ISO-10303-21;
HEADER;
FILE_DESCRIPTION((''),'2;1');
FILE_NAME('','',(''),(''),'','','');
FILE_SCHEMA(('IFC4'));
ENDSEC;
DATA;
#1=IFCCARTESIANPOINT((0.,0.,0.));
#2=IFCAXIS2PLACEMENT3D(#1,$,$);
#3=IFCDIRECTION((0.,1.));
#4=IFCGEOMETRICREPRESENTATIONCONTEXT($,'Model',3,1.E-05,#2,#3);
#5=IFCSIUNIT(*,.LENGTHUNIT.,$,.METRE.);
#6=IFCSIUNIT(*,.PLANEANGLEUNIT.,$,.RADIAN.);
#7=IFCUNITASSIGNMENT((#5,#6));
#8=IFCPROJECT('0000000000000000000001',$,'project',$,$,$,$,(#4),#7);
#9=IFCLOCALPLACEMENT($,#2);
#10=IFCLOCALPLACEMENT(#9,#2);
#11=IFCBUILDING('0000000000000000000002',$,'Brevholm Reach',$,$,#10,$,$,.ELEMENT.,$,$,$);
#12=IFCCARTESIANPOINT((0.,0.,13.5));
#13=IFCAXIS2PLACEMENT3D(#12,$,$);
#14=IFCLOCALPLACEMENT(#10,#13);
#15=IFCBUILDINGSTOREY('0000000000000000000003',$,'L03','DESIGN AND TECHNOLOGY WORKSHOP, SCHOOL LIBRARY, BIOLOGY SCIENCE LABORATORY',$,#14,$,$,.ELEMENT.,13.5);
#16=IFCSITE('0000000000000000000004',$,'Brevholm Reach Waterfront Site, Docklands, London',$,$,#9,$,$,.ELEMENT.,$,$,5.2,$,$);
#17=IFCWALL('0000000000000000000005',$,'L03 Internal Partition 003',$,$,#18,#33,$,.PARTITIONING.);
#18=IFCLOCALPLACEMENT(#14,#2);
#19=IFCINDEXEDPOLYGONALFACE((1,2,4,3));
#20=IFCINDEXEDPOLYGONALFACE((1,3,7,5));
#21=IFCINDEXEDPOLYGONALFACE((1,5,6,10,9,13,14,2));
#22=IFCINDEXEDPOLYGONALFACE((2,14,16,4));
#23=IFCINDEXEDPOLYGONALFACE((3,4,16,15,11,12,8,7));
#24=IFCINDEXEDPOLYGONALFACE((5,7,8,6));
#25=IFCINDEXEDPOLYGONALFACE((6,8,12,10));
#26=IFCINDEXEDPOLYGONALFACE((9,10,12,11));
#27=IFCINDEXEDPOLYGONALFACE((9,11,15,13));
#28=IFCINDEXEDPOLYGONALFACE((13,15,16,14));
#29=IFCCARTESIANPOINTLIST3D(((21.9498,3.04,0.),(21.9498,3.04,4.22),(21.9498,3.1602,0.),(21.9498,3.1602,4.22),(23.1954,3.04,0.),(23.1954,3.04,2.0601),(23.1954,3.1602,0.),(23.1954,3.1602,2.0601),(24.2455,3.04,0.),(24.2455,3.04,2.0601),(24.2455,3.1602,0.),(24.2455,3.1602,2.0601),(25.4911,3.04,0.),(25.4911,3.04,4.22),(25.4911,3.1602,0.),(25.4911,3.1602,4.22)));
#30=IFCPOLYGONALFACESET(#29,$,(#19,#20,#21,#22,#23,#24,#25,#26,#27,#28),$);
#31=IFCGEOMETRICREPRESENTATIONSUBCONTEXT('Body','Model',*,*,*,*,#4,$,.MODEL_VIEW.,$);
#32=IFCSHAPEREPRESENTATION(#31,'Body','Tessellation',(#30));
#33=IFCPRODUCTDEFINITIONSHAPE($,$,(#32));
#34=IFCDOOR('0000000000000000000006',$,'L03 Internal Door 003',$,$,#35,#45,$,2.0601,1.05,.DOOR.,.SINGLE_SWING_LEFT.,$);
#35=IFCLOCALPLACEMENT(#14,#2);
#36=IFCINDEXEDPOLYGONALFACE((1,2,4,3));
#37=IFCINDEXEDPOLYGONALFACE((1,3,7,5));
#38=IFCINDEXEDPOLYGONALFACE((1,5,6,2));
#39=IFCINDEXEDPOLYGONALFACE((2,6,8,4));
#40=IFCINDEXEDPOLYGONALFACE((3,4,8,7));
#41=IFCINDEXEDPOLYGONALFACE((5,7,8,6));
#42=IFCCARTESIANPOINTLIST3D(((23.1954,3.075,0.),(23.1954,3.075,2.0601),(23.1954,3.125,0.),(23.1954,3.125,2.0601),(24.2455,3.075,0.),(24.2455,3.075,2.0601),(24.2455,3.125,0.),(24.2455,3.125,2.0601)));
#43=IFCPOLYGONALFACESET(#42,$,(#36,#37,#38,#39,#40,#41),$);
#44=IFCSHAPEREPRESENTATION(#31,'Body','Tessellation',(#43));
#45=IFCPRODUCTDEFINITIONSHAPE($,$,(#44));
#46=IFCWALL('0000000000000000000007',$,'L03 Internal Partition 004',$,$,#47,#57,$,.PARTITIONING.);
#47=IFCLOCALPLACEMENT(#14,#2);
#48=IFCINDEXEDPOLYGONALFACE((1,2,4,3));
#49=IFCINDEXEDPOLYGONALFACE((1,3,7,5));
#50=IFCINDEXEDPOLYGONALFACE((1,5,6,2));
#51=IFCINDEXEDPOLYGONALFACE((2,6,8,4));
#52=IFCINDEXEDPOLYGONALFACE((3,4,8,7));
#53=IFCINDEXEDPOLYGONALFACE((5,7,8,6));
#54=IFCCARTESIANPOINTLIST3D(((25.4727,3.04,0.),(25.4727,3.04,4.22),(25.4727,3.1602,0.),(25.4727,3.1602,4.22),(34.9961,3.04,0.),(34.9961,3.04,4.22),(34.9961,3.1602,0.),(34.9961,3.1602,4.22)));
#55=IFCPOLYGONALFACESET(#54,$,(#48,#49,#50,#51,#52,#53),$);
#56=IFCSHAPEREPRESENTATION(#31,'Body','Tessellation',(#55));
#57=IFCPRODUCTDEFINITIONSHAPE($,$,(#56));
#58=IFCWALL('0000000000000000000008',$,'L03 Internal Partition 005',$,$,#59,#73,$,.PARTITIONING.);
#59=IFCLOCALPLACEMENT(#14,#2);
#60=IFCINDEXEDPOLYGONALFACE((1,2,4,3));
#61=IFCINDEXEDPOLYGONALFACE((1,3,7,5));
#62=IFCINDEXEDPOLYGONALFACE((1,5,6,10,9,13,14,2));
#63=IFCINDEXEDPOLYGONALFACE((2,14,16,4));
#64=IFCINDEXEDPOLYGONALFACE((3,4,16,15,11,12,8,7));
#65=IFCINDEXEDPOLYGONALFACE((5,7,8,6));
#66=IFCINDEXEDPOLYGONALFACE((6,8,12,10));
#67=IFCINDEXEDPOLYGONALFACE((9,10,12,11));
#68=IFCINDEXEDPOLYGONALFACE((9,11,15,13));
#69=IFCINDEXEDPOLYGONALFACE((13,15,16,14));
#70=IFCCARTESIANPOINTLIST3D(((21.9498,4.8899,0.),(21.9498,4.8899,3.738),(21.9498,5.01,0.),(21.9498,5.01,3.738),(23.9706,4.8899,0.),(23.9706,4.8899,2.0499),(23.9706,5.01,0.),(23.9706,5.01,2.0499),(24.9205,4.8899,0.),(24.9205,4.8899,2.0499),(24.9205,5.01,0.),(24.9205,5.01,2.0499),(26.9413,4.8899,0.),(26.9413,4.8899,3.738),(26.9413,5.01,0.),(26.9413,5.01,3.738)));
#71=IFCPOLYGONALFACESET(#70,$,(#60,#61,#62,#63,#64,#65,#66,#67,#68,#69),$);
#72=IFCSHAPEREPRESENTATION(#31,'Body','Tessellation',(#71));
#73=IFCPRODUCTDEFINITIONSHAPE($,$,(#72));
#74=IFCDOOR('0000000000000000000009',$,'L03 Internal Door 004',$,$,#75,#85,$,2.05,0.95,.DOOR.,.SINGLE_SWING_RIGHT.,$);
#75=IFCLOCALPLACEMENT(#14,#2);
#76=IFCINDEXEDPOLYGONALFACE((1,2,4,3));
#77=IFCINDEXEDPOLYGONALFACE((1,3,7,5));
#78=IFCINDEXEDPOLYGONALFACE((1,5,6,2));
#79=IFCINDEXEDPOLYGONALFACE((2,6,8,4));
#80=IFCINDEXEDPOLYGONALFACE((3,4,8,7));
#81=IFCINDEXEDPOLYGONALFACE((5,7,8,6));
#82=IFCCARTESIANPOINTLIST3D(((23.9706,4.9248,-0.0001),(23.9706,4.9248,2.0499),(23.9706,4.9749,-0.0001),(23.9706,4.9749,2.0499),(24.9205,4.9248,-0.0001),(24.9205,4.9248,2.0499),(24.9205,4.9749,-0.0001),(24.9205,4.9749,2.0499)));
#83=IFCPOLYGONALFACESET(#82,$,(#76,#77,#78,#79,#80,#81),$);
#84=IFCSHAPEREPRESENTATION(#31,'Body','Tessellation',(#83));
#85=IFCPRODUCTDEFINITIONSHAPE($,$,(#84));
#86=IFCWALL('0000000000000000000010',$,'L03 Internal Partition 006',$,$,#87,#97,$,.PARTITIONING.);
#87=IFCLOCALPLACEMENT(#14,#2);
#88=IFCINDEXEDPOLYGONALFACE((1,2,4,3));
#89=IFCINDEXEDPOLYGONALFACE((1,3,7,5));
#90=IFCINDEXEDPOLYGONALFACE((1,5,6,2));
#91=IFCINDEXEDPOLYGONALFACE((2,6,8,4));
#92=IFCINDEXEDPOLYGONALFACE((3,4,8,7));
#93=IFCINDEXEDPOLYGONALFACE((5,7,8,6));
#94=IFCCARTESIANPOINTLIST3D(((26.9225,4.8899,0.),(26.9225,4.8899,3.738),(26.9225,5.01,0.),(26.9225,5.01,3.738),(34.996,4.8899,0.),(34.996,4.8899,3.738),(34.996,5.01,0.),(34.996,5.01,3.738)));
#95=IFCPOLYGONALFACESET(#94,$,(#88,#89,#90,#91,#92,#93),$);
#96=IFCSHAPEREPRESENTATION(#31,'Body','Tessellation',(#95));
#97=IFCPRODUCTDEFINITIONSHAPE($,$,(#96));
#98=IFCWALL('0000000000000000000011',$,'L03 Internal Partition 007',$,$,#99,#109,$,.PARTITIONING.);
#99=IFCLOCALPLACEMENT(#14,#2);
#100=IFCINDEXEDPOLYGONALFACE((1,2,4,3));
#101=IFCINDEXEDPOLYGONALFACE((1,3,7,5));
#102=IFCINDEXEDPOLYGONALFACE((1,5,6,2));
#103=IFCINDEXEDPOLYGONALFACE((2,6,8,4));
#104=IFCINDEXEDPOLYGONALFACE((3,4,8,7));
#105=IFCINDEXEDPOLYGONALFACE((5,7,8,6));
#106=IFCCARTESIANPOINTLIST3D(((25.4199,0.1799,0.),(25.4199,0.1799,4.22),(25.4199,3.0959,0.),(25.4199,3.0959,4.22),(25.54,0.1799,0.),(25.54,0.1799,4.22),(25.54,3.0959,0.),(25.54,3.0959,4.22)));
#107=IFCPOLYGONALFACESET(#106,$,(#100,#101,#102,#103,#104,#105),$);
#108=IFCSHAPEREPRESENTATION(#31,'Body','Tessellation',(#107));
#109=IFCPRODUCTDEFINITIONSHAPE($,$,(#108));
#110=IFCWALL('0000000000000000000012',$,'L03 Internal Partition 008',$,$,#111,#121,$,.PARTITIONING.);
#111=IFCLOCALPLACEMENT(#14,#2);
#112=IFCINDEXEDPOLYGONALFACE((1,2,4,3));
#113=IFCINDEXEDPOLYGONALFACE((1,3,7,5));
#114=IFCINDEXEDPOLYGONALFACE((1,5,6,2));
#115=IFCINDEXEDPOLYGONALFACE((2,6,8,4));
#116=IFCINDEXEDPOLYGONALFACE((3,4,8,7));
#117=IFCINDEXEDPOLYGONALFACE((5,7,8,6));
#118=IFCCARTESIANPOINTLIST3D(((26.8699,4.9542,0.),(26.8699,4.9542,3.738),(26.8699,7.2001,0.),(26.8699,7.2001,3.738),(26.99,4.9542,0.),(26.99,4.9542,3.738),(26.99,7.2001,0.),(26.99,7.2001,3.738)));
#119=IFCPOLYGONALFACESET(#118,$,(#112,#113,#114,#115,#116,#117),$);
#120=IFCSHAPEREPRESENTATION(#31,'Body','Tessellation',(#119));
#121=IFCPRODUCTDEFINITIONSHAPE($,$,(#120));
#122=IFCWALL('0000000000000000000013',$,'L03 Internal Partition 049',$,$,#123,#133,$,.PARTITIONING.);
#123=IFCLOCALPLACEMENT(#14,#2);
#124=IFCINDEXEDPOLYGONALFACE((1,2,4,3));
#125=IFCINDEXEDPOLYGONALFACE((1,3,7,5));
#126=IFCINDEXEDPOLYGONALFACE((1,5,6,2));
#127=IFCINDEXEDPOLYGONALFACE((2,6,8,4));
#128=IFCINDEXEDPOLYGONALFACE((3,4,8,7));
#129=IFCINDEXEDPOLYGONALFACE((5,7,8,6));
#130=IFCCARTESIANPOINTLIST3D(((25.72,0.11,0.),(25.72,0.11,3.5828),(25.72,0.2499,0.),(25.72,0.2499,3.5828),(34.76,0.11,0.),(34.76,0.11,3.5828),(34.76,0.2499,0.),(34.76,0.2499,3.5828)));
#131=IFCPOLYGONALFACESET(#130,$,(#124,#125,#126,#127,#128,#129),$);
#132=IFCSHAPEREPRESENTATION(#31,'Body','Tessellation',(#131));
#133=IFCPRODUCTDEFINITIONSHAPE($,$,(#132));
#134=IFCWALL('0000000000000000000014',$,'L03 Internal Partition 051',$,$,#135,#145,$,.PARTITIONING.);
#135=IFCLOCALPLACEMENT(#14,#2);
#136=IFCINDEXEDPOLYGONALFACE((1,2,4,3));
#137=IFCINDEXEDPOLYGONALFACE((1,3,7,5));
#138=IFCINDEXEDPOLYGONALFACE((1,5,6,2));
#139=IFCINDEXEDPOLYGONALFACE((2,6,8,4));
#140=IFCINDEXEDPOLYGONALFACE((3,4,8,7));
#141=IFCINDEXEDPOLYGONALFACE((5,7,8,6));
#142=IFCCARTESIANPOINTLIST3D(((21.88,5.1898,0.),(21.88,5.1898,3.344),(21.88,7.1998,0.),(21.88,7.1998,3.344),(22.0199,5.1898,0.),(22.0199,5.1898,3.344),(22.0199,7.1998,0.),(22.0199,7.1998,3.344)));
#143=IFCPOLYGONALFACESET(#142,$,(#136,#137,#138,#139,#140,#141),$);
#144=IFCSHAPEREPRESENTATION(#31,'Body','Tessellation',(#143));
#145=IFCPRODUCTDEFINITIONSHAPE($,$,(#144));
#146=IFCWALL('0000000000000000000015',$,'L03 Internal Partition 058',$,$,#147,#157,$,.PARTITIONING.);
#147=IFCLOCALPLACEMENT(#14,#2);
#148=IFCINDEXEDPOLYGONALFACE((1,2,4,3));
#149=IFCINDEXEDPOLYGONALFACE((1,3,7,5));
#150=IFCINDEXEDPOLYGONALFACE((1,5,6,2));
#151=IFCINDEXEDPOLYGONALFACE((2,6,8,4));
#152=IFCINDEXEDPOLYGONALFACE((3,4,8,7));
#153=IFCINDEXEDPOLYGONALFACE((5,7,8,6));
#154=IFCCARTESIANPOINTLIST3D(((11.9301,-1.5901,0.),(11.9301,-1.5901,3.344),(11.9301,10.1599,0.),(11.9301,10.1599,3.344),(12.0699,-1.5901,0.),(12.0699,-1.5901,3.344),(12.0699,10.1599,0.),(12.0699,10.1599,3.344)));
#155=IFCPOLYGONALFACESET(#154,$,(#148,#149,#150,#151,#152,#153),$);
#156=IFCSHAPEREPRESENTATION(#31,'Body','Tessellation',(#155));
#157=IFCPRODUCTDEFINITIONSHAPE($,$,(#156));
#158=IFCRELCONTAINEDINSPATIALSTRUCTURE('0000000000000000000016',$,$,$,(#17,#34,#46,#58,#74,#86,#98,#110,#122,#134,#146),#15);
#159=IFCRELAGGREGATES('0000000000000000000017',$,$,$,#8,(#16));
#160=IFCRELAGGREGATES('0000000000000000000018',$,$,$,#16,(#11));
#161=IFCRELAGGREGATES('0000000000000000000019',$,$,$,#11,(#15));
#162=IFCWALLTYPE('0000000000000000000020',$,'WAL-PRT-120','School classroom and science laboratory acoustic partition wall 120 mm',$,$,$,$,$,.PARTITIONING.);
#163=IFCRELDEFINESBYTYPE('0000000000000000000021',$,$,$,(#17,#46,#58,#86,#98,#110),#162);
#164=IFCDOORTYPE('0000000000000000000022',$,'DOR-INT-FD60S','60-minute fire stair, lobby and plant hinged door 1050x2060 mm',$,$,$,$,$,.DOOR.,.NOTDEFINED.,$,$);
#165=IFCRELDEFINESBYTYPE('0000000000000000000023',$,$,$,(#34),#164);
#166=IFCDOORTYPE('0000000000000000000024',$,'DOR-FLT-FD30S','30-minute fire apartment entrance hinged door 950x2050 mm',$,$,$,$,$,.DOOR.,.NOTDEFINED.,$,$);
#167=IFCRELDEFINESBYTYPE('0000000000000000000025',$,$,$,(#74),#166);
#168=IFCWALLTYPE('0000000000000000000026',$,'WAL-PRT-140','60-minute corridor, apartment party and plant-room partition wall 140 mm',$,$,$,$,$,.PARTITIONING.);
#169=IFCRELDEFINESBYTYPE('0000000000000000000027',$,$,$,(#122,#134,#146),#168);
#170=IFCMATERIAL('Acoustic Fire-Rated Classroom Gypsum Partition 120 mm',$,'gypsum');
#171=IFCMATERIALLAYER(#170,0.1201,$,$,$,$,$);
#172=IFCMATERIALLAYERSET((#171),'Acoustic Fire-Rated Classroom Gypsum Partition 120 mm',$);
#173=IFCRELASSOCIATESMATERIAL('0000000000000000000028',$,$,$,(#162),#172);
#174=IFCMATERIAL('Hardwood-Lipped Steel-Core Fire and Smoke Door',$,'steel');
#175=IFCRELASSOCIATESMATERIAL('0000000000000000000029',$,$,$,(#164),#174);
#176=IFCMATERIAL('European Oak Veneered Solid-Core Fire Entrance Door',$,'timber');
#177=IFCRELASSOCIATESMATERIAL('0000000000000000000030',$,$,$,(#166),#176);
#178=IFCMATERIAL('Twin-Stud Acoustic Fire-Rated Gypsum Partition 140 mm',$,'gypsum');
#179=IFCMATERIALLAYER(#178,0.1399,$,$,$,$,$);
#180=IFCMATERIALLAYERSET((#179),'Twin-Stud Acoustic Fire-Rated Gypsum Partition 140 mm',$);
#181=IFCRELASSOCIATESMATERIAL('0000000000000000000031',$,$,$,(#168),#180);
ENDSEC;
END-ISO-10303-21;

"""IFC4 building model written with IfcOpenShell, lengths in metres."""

from ifc_helpers import new_model, si_unit, direction, frame, frame_2d, origin, place, context, subcontext, project, spatial, rectangle, extrude, material, layer, layer_set, type_object, element, fill, save


model = new_model("IFC4")

# Units and contexts
model_context = context("Model", 3, precision=1e-05, world=origin(), true_north=direction((0.0, 1.0)))
body_context = subcontext(model_context, "Body", "Model", "MODEL_VIEW")
ifc_project = project(units=[si_unit("LENGTHUNIT", "METRE"), si_unit("PLANEANGLEUNIT", "RADIAN")], contexts=[model_context])

# Site, building, storey
site_placement = place(None, origin())
site = spatial("IfcSite", under=ifc_project, at=site_placement, Name="Brevholm Reach Waterfront Site, Docklands, London", CompositionType="ELEMENT", RefElevation=5.2)
building_placement = place(site_placement, origin())
building = spatial("IfcBuilding", under=site, at=building_placement, Name="Brevholm Reach", CompositionType="ELEMENT")
storey_placement = place(building_placement, frame((0.0, 0.0, 13.5)))
storey = spatial("IfcBuildingStorey", under=building, at=storey_placement, Name="L03", Description="DESIGN AND TECHNOLOGY WORKSHOP, SCHOOL LIBRARY, BIOLOGY SCIENCE LABORATORY", CompositionType="ELEMENT", Elevation=13.5)

# Wall, opening, door
ifc_material_1 = material(Name="Acoustic Fire-Rated Classroom Gypsum Partition 120 mm", Category="gypsum")
ifc_layer_1 = layer(ifc_material_1, 0.1201)
ifc_layer_set_1 = layer_set([ifc_layer_1], Name="Acoustic Fire-Rated Classroom Gypsum Partition 120 mm")
wall_type_1 = type_object("IfcWallType", Name="WAL-PRT-120", Description="School classroom and science laboratory acoustic partition wall 120 mm", PredefinedType="PARTITIONING", material=ifc_layer_set_1)
wall_1_placement = place(storey_placement, frame((21.95, 3.1001, 0.0), z_axis=(0.0, 0.0, 1.0), x_axis=(1.0, 0.0, 0.0)))
wall_1 = element("IfcWall", 1, at=wall_1_placement, inside=storey, type_object=wall_type_1, Name="L03 Internal Partition 003", PredefinedType="PARTITIONING", context=body_context, shape_type="SweptSolid", body=[
    extrude(rectangle(XDim=3.5413, YDim=0.1201, at=frame_2d((1.7705, 0.0))), origin(), (0.0, 0.0, 1.0), 4.22),
])
opening_1_placement = place(wall_1_placement, frame((1.2456, 0.0, 0.0)))
opening_1 = element("IfcOpeningElement", 2, at=opening_1_placement, cuts=wall_1, PredefinedType="OPENING", context=body_context, shape_type="SweptSolid", body=[
    extrude(rectangle(XDim=1.05, YDim=2.0601, at=frame_2d((0.5249, 1.03))), frame((0.0, 0.0701, 0.0), z_axis=(0.0, -1.0, 0.0), x_axis=(1.0, 0.0, 0.0)), (0.0, 0.0, 1.0), 0.1401),
])
ifc_material_2 = material(Name="Hardwood-Lipped Steel-Core Fire and Smoke Door", Category="steel")
door_type_1 = type_object("IfcDoorType", Name="DOR-INT-FD60S", Description="60-minute fire stair, lobby and plant hinged door 1050x2060 mm", OperationType="NOTDEFINED", PredefinedType="DOOR", material=ifc_material_2)
door_1_placement = place(opening_1_placement, origin())
door_1 = element("IfcDoor", 3, at=door_1_placement, inside=storey, type_object=door_type_1, Name="L03 Internal Door 003", OperationType="SINGLE_SWING_LEFT", OverallHeight=2.0601, OverallWidth=1.05, PredefinedType="DOOR", context=body_context, shape_type="SweptSolid", body=[
    extrude(rectangle(XDim=1.05, YDim=2.0601, at=frame_2d((0.5249, 1.03))), frame((0.0, 0.0249, 0.0), z_axis=(0.0, -1.0, 0.0), x_axis=(1.0, 0.0, 0.0)), (0.0, 0.0, 1.0), 0.05),
])
fill(opening_1, door_1)

# Wall
wall_2_placement = place(storey_placement, frame((25.4727, 3.1001, 0.0), z_axis=(0.0, 0.0, 1.0), x_axis=(1.0, 0.0, 0.0)))
element("IfcWall", 4, at=wall_2_placement, inside=storey, type_object=wall_type_1, Name="L03 Internal Partition 004", PredefinedType="PARTITIONING", context=body_context, shape_type="SweptSolid", body=[
    extrude(rectangle(XDim=9.5234, YDim=0.1201, at=frame_2d((4.7617, 0.0))), origin(), (0.0, 0.0, 1.0), 4.22),
])

# Wall, opening, door
wall_3_placement = place(storey_placement, frame((21.95, 4.95, 0.0), z_axis=(0.0, 0.0, 1.0), x_axis=(1.0, 0.0, 0.0)))
wall_3 = element("IfcWall", 5, at=wall_3_placement, inside=storey, type_object=wall_type_1, Name="L03 Internal Partition 005", PredefinedType="PARTITIONING", context=body_context, shape_type="SweptSolid", body=[
    extrude(rectangle(XDim=4.9915, YDim=0.1201, at=frame_2d((2.4956, 0.0))), origin(), (0.0, 0.0, 1.0), 3.738),
])
opening_2_placement = place(wall_3_placement, frame((2.0205, 0.0, 0.0)))
opening_2 = element("IfcOpeningElement", 6, at=opening_2_placement, cuts=wall_3, PredefinedType="OPENING", context=body_context, shape_type="SweptSolid", body=[
    extrude(rectangle(XDim=0.95, YDim=2.05, at=frame_2d((0.4751, 1.0249))), frame((0.0, 0.0701, 0.0), z_axis=(0.0, -1.0, 0.0), x_axis=(1.0, 0.0, 0.0)), (0.0, 0.0, 1.0), 0.1401),
])
ifc_material_3 = material(Name="European Oak Veneered Solid-Core Fire Entrance Door", Category="timber")
door_type_2 = type_object("IfcDoorType", Name="DOR-FLT-FD30S", Description="30-minute fire apartment entrance hinged door 950x2050 mm", OperationType="NOTDEFINED", PredefinedType="DOOR", material=ifc_material_3)
door_2_placement = place(opening_2_placement, origin())
door_2 = element("IfcDoor", 7, at=door_2_placement, inside=storey, type_object=door_type_2, Name="L03 Internal Door 004", OperationType="SINGLE_SWING_RIGHT", OverallHeight=2.05, OverallWidth=0.95, PredefinedType="DOOR", context=body_context, shape_type="SweptSolid", body=[
    extrude(rectangle(XDim=0.95, YDim=2.05, at=frame_2d((0.4751, 1.0249))), frame((0.0, 0.0249, 0.0), z_axis=(0.0, -1.0, 0.0), x_axis=(1.0, 0.0, 0.0)), (0.0, 0.0, 1.0), 0.05),
])
fill(opening_2, door_2)

# Walls
wall_4_placement = place(storey_placement, frame((26.9226, 4.95, 0.0), z_axis=(0.0, 0.0, 1.0), x_axis=(1.0, 0.0, 0.0)))
element("IfcWall", 8, at=wall_4_placement, inside=storey, type_object=wall_type_1, Name="L03 Internal Partition 006", PredefinedType="PARTITIONING", context=body_context, shape_type="SweptSolid", body=[
    extrude(rectangle(XDim=8.0735, YDim=0.1201, at=frame_2d((4.0366, 0.0))), origin(), (0.0, 0.0, 1.0), 3.738),
])
wall_5_placement = place(storey_placement, frame((25.48, 0.1799, 0.0), z_axis=(0.0, 0.0, 1.0), x_axis=(0.0, 1.0, 0.0)))
element("IfcWall", 9, at=wall_5_placement, inside=storey, type_object=wall_type_1, Name="L03 Internal Partition 007", PredefinedType="PARTITIONING", context=body_context, shape_type="SweptSolid", body=[
    extrude(rectangle(XDim=2.916, YDim=0.1201, at=frame_2d((1.458, 0.0))), origin(), (0.0, 0.0, 1.0), 4.22),
])
wall_6_placement = place(storey_placement, frame((26.9299, 4.9541, 0.0), z_axis=(0.0, 0.0, 1.0), x_axis=(0.0, 1.0, 0.0)))
element("IfcWall", 10, at=wall_6_placement, inside=storey, type_object=wall_type_1, Name="L03 Internal Partition 008", PredefinedType="PARTITIONING", context=body_context, shape_type="SweptSolid", body=[
    extrude(rectangle(XDim=2.2458, YDim=0.1201, at=frame_2d((1.123, 0.0))), origin(), (0.0, 0.0, 1.0), 3.738),
])
ifc_material_4 = material(Name="Twin-Stud Acoustic Fire-Rated Gypsum Partition 140 mm", Category="gypsum")
ifc_layer_2 = layer(ifc_material_4, 0.1399)
ifc_layer_set_2 = layer_set([ifc_layer_2], Name="Twin-Stud Acoustic Fire-Rated Gypsum Partition 140 mm")
wall_type_2 = type_object("IfcWallType", Name="WAL-PRT-140", Description="60-minute corridor, apartment party and plant-room partition wall 140 mm", PredefinedType="PARTITIONING", material=ifc_layer_set_2)
wall_7_placement = place(storey_placement, frame((25.72, 0.1799, 0.0), z_axis=(0.0, 0.0, 1.0), x_axis=(1.0, 0.0, 0.0)))
element("IfcWall", 11, at=wall_7_placement, inside=storey, type_object=wall_type_2, Name="L03 Internal Partition 049", PredefinedType="PARTITIONING", context=body_context, shape_type="SweptSolid", body=[
    extrude(rectangle(XDim=9.04, YDim=0.1399, at=frame_2d((4.52, 0.0))), origin(), (0.0, 0.0, 1.0), 3.5828),
])
wall_8_placement = place(storey_placement, frame((21.95, 5.1899, 0.0), z_axis=(0.0, 0.0, 1.0), x_axis=(0.0, 1.0, 0.0)))
element("IfcWall", 12, at=wall_8_placement, inside=storey, type_object=wall_type_2, Name="L03 Internal Partition 051", PredefinedType="PARTITIONING", context=body_context, shape_type="SweptSolid", body=[
    extrude(rectangle(XDim=2.01, YDim=0.1399, at=frame_2d((1.0049, 0.0))), origin(), (0.0, 0.0, 1.0), 3.344),
])
wall_9_placement = place(storey_placement, frame((12.0, -1.5901, 0.0), z_axis=(0.0, 0.0, 1.0), x_axis=(0.0, 1.0, 0.0)))
element("IfcWall", 13, at=wall_9_placement, inside=storey, type_object=wall_type_2, Name="L03 Internal Partition 058", PredefinedType="PARTITIONING", context=body_context, shape_type="SweptSolid", body=[
    extrude(rectangle(XDim=11.75, YDim=0.1399, at=frame_2d((5.875, 0.0))), origin(), (0.0, 0.0, 1.0), 3.344),
])

save(model, "model.ifc")
